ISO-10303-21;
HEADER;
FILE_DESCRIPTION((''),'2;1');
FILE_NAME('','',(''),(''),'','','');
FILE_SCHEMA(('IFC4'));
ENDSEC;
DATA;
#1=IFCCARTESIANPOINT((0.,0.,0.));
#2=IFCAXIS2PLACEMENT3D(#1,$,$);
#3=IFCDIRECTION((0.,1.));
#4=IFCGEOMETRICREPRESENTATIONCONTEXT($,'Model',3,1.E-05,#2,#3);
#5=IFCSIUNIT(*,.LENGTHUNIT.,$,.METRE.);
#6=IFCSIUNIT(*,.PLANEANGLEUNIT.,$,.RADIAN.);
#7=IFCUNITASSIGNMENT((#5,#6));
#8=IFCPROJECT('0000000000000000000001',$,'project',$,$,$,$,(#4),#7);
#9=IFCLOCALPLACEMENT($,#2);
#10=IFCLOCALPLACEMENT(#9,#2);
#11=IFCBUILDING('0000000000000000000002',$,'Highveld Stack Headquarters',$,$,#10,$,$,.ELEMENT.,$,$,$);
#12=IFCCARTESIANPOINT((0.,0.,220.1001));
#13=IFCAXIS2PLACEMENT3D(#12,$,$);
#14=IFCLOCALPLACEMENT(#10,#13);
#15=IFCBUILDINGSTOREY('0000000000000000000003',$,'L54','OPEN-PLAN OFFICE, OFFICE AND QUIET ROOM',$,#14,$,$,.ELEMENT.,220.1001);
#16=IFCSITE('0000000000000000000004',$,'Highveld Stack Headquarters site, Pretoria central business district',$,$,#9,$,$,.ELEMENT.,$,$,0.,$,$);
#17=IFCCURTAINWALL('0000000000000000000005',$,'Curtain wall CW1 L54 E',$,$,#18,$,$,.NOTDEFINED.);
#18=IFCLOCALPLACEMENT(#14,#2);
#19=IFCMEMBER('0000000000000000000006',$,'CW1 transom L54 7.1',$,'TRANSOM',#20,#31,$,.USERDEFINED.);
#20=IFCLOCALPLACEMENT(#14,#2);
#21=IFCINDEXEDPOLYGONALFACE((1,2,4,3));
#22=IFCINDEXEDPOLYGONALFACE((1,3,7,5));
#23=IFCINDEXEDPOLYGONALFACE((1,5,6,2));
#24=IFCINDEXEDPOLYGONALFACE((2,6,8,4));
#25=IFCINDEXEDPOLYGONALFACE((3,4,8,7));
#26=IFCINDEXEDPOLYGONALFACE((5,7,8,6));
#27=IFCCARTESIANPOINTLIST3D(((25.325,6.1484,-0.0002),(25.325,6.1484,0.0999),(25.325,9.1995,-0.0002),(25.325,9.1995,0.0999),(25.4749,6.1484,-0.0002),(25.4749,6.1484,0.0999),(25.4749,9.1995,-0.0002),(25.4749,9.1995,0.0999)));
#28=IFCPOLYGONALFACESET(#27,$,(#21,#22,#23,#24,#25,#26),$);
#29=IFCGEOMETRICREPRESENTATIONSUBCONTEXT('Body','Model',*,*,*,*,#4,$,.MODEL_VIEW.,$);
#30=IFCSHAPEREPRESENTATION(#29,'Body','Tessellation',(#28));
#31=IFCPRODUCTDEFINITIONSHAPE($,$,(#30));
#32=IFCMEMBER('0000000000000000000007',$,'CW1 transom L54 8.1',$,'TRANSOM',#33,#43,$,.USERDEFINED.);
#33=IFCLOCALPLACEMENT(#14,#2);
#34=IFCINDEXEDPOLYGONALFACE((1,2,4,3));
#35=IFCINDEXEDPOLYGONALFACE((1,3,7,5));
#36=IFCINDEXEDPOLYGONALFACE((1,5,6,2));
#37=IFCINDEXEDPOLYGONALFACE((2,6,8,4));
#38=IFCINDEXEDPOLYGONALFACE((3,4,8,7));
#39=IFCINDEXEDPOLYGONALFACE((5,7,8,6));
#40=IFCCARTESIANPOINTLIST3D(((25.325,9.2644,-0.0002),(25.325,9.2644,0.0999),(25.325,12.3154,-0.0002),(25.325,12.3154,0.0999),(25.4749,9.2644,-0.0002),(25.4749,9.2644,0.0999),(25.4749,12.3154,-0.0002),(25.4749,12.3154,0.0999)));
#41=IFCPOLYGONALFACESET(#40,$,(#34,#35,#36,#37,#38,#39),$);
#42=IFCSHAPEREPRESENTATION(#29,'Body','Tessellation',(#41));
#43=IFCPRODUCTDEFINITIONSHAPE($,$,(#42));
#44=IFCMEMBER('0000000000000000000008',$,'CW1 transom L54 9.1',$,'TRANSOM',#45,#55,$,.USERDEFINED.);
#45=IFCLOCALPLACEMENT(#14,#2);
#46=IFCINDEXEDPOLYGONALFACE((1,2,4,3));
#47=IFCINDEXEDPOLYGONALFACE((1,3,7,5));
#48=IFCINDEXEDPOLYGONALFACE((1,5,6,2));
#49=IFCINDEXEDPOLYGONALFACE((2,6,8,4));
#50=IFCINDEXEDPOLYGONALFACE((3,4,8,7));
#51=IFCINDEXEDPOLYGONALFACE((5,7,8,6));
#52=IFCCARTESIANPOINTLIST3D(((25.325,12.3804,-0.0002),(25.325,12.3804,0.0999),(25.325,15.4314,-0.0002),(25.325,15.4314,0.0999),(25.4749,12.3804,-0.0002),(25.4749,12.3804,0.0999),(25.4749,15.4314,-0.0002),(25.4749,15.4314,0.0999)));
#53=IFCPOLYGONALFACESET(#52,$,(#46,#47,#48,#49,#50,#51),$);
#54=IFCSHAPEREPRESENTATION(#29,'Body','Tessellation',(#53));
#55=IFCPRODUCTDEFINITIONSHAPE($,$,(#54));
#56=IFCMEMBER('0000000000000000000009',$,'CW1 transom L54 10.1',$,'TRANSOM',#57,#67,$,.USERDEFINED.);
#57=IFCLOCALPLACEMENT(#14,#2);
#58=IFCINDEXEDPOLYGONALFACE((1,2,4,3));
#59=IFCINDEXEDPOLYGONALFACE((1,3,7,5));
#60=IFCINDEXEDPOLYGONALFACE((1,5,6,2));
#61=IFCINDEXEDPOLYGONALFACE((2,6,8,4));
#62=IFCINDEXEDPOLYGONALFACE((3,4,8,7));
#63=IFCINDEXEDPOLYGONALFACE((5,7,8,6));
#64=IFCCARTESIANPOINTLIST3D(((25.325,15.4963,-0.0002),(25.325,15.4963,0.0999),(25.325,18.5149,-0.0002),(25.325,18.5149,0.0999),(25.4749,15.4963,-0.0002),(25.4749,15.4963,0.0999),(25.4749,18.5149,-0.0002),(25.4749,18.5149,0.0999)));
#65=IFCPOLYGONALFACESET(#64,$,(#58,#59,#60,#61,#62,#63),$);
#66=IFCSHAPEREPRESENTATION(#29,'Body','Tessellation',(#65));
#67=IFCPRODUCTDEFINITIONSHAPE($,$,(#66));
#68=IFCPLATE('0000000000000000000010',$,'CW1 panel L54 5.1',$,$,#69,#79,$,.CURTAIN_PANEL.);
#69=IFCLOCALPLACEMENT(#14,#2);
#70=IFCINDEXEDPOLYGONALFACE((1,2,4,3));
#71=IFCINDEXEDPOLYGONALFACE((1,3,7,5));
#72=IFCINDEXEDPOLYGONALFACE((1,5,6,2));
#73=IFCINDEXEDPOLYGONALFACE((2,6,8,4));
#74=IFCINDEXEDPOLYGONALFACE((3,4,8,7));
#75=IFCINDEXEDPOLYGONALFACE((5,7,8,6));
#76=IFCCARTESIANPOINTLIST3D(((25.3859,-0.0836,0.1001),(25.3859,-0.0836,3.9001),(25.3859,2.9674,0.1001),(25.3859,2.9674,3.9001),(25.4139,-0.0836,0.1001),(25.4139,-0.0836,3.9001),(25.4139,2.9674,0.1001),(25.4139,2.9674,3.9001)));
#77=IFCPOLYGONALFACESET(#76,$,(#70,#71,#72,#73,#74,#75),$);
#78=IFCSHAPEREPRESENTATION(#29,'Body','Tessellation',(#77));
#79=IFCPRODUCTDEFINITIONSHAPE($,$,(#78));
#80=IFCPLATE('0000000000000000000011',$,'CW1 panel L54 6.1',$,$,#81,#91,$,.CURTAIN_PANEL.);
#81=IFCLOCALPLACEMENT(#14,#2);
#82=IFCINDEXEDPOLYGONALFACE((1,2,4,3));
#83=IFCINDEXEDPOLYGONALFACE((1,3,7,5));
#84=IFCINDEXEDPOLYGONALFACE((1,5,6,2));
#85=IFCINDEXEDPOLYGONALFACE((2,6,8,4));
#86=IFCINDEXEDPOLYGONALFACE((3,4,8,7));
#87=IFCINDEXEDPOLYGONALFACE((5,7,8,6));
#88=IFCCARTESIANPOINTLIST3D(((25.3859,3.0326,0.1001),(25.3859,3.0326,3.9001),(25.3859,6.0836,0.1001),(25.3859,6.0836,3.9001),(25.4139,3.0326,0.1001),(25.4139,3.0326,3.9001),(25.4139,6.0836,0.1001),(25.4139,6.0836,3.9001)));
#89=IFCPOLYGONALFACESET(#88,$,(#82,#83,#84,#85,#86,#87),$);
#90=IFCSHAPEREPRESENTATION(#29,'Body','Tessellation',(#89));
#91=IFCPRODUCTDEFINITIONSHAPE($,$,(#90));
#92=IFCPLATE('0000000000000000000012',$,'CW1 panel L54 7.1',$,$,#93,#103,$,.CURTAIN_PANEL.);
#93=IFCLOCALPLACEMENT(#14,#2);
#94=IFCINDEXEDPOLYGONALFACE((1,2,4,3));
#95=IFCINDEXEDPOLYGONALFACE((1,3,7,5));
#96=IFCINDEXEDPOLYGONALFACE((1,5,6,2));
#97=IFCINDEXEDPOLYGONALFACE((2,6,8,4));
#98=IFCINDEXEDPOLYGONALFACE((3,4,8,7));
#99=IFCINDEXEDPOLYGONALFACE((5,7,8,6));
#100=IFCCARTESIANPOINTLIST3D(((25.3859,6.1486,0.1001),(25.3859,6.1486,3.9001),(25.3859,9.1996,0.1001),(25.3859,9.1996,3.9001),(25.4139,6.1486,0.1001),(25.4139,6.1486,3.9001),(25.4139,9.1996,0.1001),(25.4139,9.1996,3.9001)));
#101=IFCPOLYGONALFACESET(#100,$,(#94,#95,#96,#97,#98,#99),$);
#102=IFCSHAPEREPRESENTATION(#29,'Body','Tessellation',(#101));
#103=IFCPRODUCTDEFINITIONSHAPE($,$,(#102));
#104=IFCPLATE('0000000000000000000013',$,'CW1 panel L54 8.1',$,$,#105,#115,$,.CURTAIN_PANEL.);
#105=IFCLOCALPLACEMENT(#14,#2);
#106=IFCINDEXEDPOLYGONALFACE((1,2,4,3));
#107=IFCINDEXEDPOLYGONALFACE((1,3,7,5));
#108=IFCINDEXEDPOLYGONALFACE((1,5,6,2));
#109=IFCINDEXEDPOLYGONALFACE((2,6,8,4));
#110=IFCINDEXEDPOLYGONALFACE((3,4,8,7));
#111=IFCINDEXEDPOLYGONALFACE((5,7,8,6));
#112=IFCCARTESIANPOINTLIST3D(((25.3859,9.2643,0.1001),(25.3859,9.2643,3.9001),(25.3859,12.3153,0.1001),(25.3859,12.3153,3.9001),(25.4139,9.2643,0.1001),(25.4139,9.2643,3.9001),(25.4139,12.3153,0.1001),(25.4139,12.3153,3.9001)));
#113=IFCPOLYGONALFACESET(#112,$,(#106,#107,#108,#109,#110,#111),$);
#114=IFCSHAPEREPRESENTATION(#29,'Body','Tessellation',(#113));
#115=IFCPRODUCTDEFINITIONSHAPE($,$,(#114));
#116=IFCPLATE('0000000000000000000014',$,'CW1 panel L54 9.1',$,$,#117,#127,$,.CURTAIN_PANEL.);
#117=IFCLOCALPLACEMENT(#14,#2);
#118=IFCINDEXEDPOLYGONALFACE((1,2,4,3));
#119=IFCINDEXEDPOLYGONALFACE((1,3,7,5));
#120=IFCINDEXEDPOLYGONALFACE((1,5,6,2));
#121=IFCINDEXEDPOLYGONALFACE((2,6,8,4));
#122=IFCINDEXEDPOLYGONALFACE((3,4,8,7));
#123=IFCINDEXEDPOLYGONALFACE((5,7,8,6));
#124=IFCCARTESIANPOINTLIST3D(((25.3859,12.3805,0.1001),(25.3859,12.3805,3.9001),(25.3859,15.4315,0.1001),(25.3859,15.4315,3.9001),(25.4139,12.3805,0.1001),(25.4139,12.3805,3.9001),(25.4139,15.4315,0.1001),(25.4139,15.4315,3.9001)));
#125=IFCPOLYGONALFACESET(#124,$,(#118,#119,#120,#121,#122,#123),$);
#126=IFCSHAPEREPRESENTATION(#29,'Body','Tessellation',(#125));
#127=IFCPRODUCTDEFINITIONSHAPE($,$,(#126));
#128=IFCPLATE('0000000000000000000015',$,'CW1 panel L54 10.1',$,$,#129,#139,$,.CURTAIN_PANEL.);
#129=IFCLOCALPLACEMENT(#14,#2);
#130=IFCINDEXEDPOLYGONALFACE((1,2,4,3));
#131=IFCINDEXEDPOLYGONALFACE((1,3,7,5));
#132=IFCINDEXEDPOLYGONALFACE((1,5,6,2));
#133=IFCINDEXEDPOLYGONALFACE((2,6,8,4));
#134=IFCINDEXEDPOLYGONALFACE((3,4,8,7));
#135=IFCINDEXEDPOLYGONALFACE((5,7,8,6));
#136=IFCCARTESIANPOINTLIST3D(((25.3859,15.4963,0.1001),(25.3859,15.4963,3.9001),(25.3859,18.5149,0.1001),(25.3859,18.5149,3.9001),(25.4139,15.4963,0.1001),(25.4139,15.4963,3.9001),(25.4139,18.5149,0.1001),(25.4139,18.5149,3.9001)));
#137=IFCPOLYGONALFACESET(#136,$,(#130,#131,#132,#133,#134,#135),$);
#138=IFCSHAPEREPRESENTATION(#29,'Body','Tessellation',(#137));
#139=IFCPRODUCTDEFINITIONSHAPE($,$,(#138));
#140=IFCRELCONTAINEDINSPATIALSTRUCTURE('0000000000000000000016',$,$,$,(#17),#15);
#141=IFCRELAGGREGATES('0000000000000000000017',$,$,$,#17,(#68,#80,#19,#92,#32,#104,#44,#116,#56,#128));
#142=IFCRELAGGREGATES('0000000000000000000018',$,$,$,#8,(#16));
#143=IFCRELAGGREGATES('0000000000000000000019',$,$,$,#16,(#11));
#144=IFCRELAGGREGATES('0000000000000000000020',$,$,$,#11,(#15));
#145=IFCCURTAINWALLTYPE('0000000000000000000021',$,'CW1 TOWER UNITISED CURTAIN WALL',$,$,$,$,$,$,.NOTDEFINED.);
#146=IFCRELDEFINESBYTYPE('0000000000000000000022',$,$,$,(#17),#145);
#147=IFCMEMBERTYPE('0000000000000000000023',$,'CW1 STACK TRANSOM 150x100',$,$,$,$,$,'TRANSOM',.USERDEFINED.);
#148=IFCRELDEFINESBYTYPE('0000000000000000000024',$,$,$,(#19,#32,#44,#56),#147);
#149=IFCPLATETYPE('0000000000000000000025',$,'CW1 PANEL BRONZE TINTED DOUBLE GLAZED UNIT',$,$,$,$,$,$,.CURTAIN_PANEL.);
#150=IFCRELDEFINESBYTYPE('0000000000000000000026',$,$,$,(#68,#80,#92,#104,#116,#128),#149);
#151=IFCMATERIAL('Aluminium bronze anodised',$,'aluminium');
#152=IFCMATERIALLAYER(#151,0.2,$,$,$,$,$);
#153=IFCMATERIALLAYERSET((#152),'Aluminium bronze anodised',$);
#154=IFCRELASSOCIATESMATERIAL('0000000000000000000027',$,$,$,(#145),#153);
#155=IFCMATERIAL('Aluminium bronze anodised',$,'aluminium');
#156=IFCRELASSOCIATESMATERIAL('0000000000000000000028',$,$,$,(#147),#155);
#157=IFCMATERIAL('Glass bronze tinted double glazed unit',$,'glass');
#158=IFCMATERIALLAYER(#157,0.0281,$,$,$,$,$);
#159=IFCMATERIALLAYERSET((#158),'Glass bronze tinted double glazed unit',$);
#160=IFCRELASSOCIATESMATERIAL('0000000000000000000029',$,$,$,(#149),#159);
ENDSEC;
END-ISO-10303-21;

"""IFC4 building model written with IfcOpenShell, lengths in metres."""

from ifc_helpers import new_model, si_unit, direction, frame, origin, origin_2d, place, context, subcontext, project, spatial, rectangle, extrude, material, layer, layer_set, material_profile, profile_set, type_object, element, aggregate, save


model = new_model("IFC4")

# Units and contexts
model_context = context("Model", 3, precision=1e-05, world=origin(), true_north=direction((0.0, 1.0)))
body_context = subcontext(model_context, "Body", "Model", "MODEL_VIEW")
ifc_project = project(units=[si_unit("LENGTHUNIT", "METRE"), si_unit("PLANEANGLEUNIT", "RADIAN")], contexts=[model_context])

# Site, building, storey
site_placement = place(None, origin())
site = spatial("IfcSite", under=ifc_project, at=site_placement, Name="Highveld Stack Headquarters site, Pretoria central business district", CompositionType="ELEMENT", RefElevation=0.0)
building_placement = place(site_placement, origin())
building = spatial("IfcBuilding", under=site, at=building_placement, Name="Highveld Stack Headquarters", CompositionType="ELEMENT")
storey_placement = place(building_placement, frame((0.0, 0.0, 220.1001)))
storey = spatial("IfcBuildingStorey", under=building, at=storey_placement, Name="L54", Description="OPEN-PLAN OFFICE, OFFICE AND QUIET ROOM", CompositionType="ELEMENT", Elevation=220.1001)

# Curtain wall, members, plates
ifc_material_1 = material(Name="Aluminium bronze anodised", Category="aluminium")
ifc_layer_1 = layer(ifc_material_1, 0.2)
ifc_layer_set_1 = layer_set([ifc_layer_1], Name="Aluminium bronze anodised")
curtain_wall_type = type_object("IfcCurtainWallType", Name="CW1 TOWER UNITISED CURTAIN WALL", PredefinedType="NOTDEFINED", material=ifc_layer_set_1)
curtain_wall_placement = place(storey_placement, origin())
curtain_wall = element("IfcCurtainWall", 1, at=curtain_wall_placement, inside=storey, type_object=curtain_wall_type, Name="Curtain wall CW1 L54 E", PredefinedType="NOTDEFINED")
ifc_material_2 = material(Name="Aluminium bronze anodised", Category="aluminium")
ifc_material_profile_1 = material_profile(ifc_material_2, rectangle(XDim=0.1499, YDim=0.1001, at=origin_2d()), Name="CW1 TRANSOM 150x100")
ifc_profile_set_1 = profile_set([ifc_material_profile_1], Name="Aluminium bronze anodised")
member_type_1 = type_object("IfcMemberType", Name="CW1 STACK TRANSOM 150x100", ElementType="TRANSOM", PredefinedType="USERDEFINED", material=ifc_profile_set_1)
member_1_placement = place(storey_placement, frame((25.3999, 6.1484, 0.0498), z_axis=(0.0, 1.0, 0.0), x_axis=(-1.0, 0.0, 0.0)))
member_1 = element("IfcMember", 2, at=member_1_placement, type_object=member_type_1, Name="CW1 transom L54 7.1", ObjectType="TRANSOM", PredefinedType="USERDEFINED", context=body_context, shape_type="SweptSolid", body=[
    extrude(rectangle(XDim=0.1499, YDim=0.1001, at=origin_2d()), origin(), (0.0, 0.0, 1.0), 3.051),
])
member_2_placement = place(storey_placement, frame((25.3999, 9.2644, 0.0498), z_axis=(0.0, 1.0, 0.0), x_axis=(-1.0, 0.0, 0.0)))
member_2 = element("IfcMember", 3, at=member_2_placement, type_object=member_type_1, Name="CW1 transom L54 8.1", ObjectType="TRANSOM", PredefinedType="USERDEFINED", context=body_context, shape_type="SweptSolid", body=[
    extrude(rectangle(XDim=0.1499, YDim=0.1001, at=origin_2d()), origin(), (0.0, 0.0, 1.0), 3.051),
])
member_3_placement = place(storey_placement, frame((25.3999, 12.3804, 0.0498), z_axis=(0.0, 1.0, 0.0), x_axis=(-1.0, 0.0, 0.0)))
member_3 = element("IfcMember", 4, at=member_3_placement, type_object=member_type_1, Name="CW1 transom L54 9.1", ObjectType="TRANSOM", PredefinedType="USERDEFINED", context=body_context, shape_type="SweptSolid", body=[
    extrude(rectangle(XDim=0.1499, YDim=0.1001, at=origin_2d()), origin(), (0.0, 0.0, 1.0), 3.051),
])
member_4_placement = place(storey_placement, frame((25.3999, 15.4963, 0.0498), z_axis=(0.0, 1.0, 0.0), x_axis=(-1.0, 0.0, 0.0)))
member_4 = element("IfcMember", 5, at=member_4_placement, type_object=member_type_1, Name="CW1 transom L54 10.1", ObjectType="TRANSOM", PredefinedType="USERDEFINED", context=body_context, shape_type="SweptSolid", body=[
    extrude(rectangle(XDim=0.1499, YDim=0.1001, at=origin_2d()), origin(), (0.0, 0.0, 1.0), 3.0186),
])
ifc_material_3 = material(Name="Glass bronze tinted double glazed unit", Category="glass")
ifc_layer_2 = layer(ifc_material_3, 0.0281)
ifc_layer_set_2 = layer_set([ifc_layer_2], Name="Glass bronze tinted double glazed unit")
plate_type = type_object("IfcPlateType", Name="CW1 PANEL BRONZE TINTED DOUBLE GLAZED UNIT", PredefinedType="CURTAIN_PANEL", material=ifc_layer_set_2)
plate_1_placement = place(storey_placement, frame((25.3999, 1.4419, 0.1001), z_axis=(0.0, 0.0, 1.0), x_axis=(0.0, 1.0, 0.0)))
plate_1 = element("IfcPlate", 6, at=plate_1_placement, type_object=plate_type, Name="CW1 panel L54 5.1", PredefinedType="CURTAIN_PANEL", context=body_context, shape_type="SweptSolid", body=[
    extrude(rectangle(XDim=3.051, YDim=0.0281, at=origin_2d()), origin(), (0.0, 0.0, 1.0), 3.8),
])
plate_2_placement = place(storey_placement, frame((25.3999, 4.5581, 0.1001), z_axis=(0.0, 0.0, 1.0), x_axis=(0.0, 1.0, 0.0)))
plate_2 = element("IfcPlate", 7, at=plate_2_placement, type_object=plate_type, Name="CW1 panel L54 6.1", PredefinedType="CURTAIN_PANEL", context=body_context, shape_type="SweptSolid", body=[
    extrude(rectangle(XDim=3.051, YDim=0.0281, at=origin_2d()), origin(), (0.0, 0.0, 1.0), 3.8),
])
plate_3_placement = place(storey_placement, frame((25.3999, 7.6741, 0.1001), z_axis=(0.0, 0.0, 1.0), x_axis=(0.0, 1.0, 0.0)))
plate_3 = element("IfcPlate", 8, at=plate_3_placement, type_object=plate_type, Name="CW1 panel L54 7.1", PredefinedType="CURTAIN_PANEL", context=body_context, shape_type="SweptSolid", body=[
    extrude(rectangle(XDim=3.051, YDim=0.0281, at=origin_2d()), origin(), (0.0, 0.0, 1.0), 3.8),
])
plate_4_placement = place(storey_placement, frame((25.3999, 10.7898, 0.1001), z_axis=(0.0, 0.0, 1.0), x_axis=(0.0, 1.0, 0.0)))
plate_4 = element("IfcPlate", 9, at=plate_4_placement, type_object=plate_type, Name="CW1 panel L54 8.1", PredefinedType="CURTAIN_PANEL", context=body_context, shape_type="SweptSolid", body=[
    extrude(rectangle(XDim=3.051, YDim=0.0281, at=origin_2d()), origin(), (0.0, 0.0, 1.0), 3.8),
])
plate_5_placement = place(storey_placement, frame((25.3999, 13.906, 0.1001), z_axis=(0.0, 0.0, 1.0), x_axis=(0.0, 1.0, 0.0)))
plate_5 = element("IfcPlate", 10, at=plate_5_placement, type_object=plate_type, Name="CW1 panel L54 9.1", PredefinedType="CURTAIN_PANEL", context=body_context, shape_type="SweptSolid", body=[
    extrude(rectangle(XDim=3.051, YDim=0.0281, at=origin_2d()), origin(), (0.0, 0.0, 1.0), 3.8),
])
plate_6_placement = place(storey_placement, frame((25.3999, 17.0056, 0.1001), z_axis=(0.0, 0.0, 1.0), x_axis=(0.0, 1.0, 0.0)))
plate_6 = element("IfcPlate", 11, at=plate_6_placement, type_object=plate_type, Name="CW1 panel L54 10.1", PredefinedType="CURTAIN_PANEL", context=body_context, shape_type="SweptSolid", body=[
    extrude(rectangle(XDim=3.0186, YDim=0.0281, at=origin_2d()), origin(), (0.0, 0.0, 1.0), 3.8),
])
aggregate(curtain_wall, [plate_1, plate_2, member_1, plate_3, member_2, plate_4, member_3, plate_5, member_4, plate_6])

save(model, "model.ifc")
